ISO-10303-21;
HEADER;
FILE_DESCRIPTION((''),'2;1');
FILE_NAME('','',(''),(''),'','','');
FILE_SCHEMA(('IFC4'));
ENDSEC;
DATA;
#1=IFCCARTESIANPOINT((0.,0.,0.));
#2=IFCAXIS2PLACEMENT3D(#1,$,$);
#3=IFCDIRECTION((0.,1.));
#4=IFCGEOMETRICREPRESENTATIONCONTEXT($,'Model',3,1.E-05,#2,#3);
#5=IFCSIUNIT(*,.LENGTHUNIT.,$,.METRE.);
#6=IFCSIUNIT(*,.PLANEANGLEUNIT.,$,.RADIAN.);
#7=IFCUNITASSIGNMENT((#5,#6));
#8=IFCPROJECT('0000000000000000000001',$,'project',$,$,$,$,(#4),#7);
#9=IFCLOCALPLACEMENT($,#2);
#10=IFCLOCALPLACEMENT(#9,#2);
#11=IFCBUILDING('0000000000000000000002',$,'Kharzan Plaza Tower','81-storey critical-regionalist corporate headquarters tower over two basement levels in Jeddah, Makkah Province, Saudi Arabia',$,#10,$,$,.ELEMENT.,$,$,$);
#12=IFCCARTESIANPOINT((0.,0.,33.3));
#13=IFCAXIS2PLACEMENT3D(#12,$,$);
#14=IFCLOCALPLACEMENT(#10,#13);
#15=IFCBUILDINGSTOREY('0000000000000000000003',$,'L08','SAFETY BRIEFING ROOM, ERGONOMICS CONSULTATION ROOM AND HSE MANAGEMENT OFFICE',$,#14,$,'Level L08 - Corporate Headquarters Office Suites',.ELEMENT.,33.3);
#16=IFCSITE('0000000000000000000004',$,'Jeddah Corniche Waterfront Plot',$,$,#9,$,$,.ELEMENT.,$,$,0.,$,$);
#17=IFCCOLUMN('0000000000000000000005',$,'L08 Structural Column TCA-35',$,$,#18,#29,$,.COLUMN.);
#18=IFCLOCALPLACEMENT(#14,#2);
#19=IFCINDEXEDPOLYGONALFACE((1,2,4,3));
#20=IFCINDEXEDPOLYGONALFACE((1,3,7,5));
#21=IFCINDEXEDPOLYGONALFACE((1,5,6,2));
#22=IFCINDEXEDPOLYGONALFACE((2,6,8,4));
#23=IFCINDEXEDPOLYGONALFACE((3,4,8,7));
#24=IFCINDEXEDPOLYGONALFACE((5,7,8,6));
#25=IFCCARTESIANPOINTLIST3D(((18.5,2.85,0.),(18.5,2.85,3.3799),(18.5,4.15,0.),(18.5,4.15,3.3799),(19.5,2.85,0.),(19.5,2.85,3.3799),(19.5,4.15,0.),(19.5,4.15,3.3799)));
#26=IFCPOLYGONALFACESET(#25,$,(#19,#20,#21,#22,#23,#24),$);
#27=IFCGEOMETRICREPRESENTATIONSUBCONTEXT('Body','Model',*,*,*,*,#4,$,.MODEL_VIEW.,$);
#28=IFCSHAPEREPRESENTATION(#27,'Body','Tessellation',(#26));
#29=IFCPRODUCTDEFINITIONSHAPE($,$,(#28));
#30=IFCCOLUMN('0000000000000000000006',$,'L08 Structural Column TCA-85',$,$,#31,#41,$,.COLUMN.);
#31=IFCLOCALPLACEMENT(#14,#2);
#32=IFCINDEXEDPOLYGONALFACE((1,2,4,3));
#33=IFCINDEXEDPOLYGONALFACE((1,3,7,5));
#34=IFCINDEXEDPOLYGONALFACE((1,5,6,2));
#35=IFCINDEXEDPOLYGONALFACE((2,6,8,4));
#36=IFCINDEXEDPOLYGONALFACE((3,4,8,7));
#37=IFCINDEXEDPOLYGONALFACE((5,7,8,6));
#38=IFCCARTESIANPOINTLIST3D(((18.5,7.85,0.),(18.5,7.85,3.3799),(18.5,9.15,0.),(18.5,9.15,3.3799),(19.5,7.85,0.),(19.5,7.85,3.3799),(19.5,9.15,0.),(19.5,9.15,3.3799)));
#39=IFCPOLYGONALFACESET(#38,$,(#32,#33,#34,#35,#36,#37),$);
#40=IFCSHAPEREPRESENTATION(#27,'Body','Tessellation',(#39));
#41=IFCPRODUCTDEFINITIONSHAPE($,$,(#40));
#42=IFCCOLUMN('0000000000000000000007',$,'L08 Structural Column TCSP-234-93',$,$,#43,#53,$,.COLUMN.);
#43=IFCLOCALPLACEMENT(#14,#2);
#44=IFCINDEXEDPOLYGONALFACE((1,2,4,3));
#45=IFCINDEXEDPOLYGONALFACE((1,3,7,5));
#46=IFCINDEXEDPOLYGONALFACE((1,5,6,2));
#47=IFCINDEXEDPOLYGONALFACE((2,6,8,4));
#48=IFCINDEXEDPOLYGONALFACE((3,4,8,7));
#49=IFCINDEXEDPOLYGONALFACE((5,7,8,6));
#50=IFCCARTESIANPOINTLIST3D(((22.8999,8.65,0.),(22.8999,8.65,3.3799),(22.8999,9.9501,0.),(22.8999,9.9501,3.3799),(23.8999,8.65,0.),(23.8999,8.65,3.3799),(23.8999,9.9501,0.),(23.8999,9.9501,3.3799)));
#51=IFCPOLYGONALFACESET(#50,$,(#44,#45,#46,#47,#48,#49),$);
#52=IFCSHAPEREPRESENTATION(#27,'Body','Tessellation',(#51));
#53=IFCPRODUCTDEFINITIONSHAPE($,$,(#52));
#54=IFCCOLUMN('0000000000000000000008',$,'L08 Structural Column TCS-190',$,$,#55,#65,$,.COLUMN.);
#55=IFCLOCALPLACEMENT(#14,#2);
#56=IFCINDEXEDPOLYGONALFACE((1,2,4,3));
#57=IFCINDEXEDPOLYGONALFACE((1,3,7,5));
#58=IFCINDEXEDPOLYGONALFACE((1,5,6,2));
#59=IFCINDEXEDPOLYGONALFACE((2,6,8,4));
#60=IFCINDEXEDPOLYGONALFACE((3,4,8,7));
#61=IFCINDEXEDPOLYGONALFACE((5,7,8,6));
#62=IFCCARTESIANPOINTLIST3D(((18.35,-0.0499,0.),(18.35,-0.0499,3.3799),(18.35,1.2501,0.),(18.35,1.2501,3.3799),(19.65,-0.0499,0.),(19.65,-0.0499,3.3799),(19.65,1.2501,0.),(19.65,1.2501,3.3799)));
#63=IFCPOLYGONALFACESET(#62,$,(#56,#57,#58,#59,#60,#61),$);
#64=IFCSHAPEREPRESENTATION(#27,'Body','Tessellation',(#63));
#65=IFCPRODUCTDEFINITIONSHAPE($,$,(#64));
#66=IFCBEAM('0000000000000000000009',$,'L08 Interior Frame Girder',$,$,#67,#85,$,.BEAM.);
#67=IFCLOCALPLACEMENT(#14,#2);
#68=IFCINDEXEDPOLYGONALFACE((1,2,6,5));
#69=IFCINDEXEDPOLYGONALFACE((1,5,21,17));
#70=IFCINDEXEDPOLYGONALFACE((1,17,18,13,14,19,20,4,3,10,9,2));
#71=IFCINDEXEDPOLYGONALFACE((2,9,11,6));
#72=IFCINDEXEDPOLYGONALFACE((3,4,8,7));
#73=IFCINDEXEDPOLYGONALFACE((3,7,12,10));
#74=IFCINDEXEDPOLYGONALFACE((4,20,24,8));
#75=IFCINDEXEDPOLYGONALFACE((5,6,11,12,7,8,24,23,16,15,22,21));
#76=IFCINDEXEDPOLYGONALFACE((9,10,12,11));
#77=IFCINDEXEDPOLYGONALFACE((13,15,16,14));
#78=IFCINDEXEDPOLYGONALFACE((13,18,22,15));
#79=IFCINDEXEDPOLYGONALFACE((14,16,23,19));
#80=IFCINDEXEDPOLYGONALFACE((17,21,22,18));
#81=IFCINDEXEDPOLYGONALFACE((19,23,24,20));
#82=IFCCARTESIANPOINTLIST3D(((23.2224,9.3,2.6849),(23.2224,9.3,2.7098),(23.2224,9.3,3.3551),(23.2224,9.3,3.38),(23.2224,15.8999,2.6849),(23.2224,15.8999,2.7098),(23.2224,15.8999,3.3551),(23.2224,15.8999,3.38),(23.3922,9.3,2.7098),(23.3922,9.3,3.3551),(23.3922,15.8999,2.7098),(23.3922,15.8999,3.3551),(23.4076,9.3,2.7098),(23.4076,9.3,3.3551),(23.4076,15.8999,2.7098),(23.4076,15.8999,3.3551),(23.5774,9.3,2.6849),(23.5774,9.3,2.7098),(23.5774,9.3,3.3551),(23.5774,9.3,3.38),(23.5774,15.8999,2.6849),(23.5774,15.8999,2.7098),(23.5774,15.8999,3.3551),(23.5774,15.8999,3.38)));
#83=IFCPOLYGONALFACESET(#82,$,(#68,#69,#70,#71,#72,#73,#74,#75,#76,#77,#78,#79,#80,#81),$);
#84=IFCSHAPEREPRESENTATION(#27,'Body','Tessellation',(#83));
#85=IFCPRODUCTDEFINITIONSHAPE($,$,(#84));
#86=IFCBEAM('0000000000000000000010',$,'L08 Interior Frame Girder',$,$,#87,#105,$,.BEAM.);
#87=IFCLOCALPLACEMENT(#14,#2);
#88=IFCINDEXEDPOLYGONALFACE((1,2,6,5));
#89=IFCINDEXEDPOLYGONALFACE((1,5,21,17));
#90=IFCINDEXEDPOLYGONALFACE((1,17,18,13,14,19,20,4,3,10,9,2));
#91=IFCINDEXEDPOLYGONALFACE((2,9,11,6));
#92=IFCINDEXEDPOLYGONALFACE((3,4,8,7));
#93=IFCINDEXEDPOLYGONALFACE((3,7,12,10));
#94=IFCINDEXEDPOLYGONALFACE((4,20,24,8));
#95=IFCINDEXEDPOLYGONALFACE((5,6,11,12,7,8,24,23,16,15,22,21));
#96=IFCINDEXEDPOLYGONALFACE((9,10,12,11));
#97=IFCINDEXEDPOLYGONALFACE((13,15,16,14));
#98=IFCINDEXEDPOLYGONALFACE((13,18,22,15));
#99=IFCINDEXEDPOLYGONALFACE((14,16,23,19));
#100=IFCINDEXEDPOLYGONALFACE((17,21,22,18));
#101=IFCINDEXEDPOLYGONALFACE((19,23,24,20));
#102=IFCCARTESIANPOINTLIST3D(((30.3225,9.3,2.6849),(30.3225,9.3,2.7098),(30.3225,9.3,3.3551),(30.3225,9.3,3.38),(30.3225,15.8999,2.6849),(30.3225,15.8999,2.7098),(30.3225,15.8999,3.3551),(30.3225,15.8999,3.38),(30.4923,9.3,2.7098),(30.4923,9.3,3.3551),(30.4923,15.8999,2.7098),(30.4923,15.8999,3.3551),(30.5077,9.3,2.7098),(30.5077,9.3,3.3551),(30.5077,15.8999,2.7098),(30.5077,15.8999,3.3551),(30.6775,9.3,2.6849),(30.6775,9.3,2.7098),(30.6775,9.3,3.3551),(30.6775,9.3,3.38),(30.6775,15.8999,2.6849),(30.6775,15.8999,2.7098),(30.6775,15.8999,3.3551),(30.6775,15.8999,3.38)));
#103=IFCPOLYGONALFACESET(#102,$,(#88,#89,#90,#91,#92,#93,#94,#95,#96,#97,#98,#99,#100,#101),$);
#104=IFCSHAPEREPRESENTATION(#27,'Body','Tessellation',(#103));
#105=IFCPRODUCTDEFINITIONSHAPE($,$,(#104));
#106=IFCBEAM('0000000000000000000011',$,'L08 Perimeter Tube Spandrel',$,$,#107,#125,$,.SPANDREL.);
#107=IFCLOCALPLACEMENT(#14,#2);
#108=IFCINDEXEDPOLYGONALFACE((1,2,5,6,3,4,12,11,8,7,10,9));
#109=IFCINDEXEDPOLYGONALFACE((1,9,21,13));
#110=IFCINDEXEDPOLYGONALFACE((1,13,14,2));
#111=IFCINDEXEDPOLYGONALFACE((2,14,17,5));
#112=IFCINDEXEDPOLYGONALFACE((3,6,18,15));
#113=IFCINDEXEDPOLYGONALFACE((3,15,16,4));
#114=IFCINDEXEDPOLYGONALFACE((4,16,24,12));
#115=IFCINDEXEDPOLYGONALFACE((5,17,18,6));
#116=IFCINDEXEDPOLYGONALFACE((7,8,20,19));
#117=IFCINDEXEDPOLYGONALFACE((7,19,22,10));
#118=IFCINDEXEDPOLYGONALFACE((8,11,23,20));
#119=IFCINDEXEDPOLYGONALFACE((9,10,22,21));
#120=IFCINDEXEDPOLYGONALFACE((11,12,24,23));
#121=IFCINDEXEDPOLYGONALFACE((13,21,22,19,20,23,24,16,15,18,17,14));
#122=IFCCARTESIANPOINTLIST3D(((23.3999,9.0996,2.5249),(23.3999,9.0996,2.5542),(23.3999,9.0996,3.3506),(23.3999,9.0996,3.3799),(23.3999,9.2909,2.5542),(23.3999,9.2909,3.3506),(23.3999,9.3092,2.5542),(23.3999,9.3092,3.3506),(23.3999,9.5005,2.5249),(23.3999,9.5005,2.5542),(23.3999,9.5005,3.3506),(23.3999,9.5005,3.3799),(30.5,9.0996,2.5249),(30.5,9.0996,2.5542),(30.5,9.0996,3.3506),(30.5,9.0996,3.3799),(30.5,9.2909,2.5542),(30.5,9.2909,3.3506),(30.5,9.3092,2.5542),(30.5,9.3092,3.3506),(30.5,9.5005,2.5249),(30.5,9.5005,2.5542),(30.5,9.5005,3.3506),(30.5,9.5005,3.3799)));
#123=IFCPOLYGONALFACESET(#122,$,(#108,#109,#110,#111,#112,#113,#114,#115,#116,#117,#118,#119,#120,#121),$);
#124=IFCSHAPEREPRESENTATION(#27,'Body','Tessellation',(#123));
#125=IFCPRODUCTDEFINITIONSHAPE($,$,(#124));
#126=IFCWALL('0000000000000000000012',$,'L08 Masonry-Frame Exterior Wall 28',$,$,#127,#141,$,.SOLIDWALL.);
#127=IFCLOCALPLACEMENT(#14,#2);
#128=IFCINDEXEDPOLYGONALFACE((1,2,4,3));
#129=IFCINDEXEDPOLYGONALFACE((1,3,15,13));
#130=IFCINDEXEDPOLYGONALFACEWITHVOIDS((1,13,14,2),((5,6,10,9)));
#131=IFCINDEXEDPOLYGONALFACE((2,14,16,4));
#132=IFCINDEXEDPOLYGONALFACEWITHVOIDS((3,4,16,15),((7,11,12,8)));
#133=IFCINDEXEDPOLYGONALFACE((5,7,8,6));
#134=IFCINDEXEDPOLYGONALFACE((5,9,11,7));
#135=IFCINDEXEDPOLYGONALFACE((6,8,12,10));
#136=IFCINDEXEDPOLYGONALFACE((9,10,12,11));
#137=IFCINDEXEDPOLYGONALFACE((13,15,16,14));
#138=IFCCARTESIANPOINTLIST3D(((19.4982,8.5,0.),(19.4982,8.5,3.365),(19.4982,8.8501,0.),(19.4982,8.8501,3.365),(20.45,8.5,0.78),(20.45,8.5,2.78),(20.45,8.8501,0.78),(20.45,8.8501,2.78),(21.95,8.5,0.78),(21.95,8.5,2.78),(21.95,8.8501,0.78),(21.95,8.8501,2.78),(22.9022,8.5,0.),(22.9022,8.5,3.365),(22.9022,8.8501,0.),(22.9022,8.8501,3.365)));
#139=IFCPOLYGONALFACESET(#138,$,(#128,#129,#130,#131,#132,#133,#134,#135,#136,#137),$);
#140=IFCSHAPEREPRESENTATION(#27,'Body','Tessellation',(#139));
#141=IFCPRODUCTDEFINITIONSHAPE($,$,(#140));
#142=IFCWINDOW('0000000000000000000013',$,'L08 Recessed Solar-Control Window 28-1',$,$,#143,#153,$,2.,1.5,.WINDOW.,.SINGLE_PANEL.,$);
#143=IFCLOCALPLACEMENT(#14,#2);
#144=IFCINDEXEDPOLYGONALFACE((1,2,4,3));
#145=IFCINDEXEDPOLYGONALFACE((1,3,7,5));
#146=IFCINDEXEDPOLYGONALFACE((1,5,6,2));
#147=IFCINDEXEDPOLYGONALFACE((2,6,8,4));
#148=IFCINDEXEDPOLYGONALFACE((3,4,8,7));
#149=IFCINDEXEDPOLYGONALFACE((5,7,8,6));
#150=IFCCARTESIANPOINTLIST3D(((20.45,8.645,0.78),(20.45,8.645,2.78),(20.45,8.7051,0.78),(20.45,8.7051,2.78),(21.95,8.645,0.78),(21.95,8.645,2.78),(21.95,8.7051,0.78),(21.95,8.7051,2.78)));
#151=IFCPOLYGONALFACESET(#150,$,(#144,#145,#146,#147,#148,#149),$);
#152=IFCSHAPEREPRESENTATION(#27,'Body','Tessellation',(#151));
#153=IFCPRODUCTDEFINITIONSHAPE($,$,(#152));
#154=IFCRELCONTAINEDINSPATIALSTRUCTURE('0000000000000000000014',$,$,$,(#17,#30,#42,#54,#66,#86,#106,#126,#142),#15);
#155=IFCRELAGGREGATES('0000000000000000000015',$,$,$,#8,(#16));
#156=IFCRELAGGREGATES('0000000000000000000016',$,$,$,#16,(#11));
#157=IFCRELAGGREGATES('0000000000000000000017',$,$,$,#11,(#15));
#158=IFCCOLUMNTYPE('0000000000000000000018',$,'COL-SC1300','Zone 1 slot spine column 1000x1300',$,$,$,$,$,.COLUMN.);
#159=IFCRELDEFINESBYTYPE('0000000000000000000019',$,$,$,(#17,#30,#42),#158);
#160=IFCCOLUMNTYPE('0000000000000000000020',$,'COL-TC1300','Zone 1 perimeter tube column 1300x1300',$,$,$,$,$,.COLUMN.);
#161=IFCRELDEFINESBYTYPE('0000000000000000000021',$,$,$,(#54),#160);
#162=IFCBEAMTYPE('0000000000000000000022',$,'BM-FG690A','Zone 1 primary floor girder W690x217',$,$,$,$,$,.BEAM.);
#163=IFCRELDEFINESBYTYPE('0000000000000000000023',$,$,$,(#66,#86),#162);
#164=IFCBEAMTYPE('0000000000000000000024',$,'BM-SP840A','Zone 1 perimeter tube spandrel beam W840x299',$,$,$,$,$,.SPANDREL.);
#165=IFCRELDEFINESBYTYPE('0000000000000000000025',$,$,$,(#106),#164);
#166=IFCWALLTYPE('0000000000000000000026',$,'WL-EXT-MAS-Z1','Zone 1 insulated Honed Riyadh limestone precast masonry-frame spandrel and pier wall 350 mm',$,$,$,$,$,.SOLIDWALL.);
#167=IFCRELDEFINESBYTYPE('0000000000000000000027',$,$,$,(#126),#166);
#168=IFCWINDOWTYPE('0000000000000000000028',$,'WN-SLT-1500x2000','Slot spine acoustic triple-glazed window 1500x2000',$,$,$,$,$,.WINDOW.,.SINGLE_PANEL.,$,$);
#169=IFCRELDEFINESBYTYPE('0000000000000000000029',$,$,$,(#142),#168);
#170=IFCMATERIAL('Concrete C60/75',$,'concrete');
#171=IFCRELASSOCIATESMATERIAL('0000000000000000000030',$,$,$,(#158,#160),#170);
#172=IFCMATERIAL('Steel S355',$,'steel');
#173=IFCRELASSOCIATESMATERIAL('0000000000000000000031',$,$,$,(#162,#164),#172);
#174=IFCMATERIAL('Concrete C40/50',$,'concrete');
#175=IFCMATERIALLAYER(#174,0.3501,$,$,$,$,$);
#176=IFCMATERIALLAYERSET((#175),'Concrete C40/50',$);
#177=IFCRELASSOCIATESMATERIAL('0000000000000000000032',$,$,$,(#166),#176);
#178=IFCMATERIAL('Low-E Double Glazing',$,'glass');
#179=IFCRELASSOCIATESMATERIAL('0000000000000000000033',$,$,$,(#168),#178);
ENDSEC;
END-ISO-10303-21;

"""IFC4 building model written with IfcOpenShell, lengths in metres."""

from ifc_helpers import new_model, si_unit, direction, frame, frame_2d, origin, origin_2d, place, context, subcontext, project, spatial, rectangle, i_section, extrude, source, transform, mapped, material, layer, layer_set, material_profile, profile_set, type_object, element, fill, save


model = new_model("IFC4")

# Units and contexts
model_context = context("Model", 3, precision=1e-05, world=origin(), true_north=direction((0.0, 1.0)))
body_context = subcontext(model_context, "Body", "Model", "MODEL_VIEW")
ifc_project = project(units=[si_unit("LENGTHUNIT", "METRE"), si_unit("PLANEANGLEUNIT", "RADIAN")], contexts=[model_context])

# Site, building, storey
site_placement = place(None, origin())
site = spatial("IfcSite", under=ifc_project, at=site_placement, Name="Jeddah Corniche Waterfront Plot", CompositionType="ELEMENT", RefElevation=0.0)
building_placement = place(site_placement, origin())
building = spatial("IfcBuilding", under=site, at=building_placement, Name="Kharzan Plaza Tower", Description="81-storey critical-regionalist corporate headquarters tower over two basement levels in Jeddah, Makkah Province, Saudi Arabia", CompositionType="ELEMENT")
storey_placement = place(building_placement, frame((0.0, 0.0, 33.3)))
storey = spatial("IfcBuildingStorey", under=building, at=storey_placement, Name="L08", Description="SAFETY BRIEFING ROOM, ERGONOMICS CONSULTATION ROOM AND HSE MANAGEMENT OFFICE", LongName="Level L08 - Corporate Headquarters Office Suites", CompositionType="ELEMENT", Elevation=33.3)

# Columns
ifc_material_1 = material(Name="Concrete C60/75", Category="concrete")
ifc_material_profile_1 = material_profile(ifc_material_1, rectangle(XDim=1.0, YDim=1.3, at=origin_2d()), Name="RC-SC1300x1000")
ifc_profile_set_1 = profile_set([ifc_material_profile_1], Name="Concrete C60/75")
column_type_1 = type_object("IfcColumnType", Name="COL-SC1300", Description="Zone 1 slot spine column 1000x1300", PredefinedType="COLUMN", material=ifc_profile_set_1)
shared_shape_1 = source(origin(), body_context, "Body", "SweptSolid", [
    extrude(rectangle(XDim=1.0, YDim=1.3, at=origin_2d()), origin(), (0.0, 0.0, 1.0), 3.3799),
])
for number, where, z_axis, x_axis, name in (
    (1, (19.0, 3.5, 0.0), (0.0, 0.0, 1.0), (1.0, 0.0, 0.0), "L08 Structural Column TCA-35"),
    (2, (19.0, 8.5, 0.0), (0.0, 0.0, 1.0), (1.0, 0.0, 0.0), "L08 Structural Column TCA-85"),
    (3, (23.3999, 9.3, 0.0), (0.0, 0.0, 1.0), (1.0, 0.0, 0.0), "L08 Structural Column TCSP-234-93"),
):
    element("IfcColumn", number, at=place(storey_placement, frame(where, z_axis=z_axis, x_axis=x_axis)), inside=storey, type_object=column_type_1, Name=name, PredefinedType="COLUMN", context=body_context, shape_type="MappedRepresentation", body=[
        mapped(shared_shape_1, transform((0.0, 0.0, 0.0), x_axis=(1.0, 0.0, 0.0), y_axis=(0.0, 1.0, 0.0), z_axis=(0.0, 0.0, 1.0))),
    ])
ifc_material_profile_2 = material_profile(ifc_material_1, rectangle(XDim=1.3, YDim=1.3, at=origin_2d()), Name="RC-TC1300x1300")
ifc_profile_set_2 = profile_set([ifc_material_profile_2], Name="Concrete C60/75")
column_type_2 = type_object("IfcColumnType", Name="COL-TC1300", Description="Zone 1 perimeter tube column 1300x1300", PredefinedType="COLUMN", material=ifc_profile_set_2)
shared_shape_2 = source(origin(), body_context, "Body", "SweptSolid", [
    extrude(rectangle(XDim=1.3, YDim=1.3, at=origin_2d()), origin(), (0.0, 0.0, 1.0), 3.3799),
])
column_placement = place(storey_placement, frame((19.0, 0.6001, 0.0), z_axis=(0.0, 0.0, 1.0), x_axis=(1.0, 0.0, 0.0)))
element("IfcColumn", 4, at=column_placement, inside=storey, type_object=column_type_2, Name="L08 Structural Column TCS-190", PredefinedType="COLUMN", context=body_context, shape_type="MappedRepresentation", body=[
    mapped(shared_shape_2, transform((0.0, 0.0, 0.0), x_axis=(1.0, 0.0, 0.0), y_axis=(0.0, 1.0, 0.0), z_axis=(0.0, 0.0, 1.0))),
])

# Beams
ifc_material_2 = material(Name="Steel S355", Category="steel")
ifc_material_profile_3 = material_profile(ifc_material_2, i_section(OverallWidth=0.355, OverallDepth=0.6951, WebThickness=0.0154, FlangeThickness=0.0249, at=origin_2d()), Name="W690x217")
ifc_profile_set_3 = profile_set([ifc_material_profile_3], Name="Steel S355")
beam_type_1 = type_object("IfcBeamType", Name="BM-FG690A", Description="Zone 1 primary floor girder W690x217", PredefinedType="BEAM", material=ifc_profile_set_3)
shared_shape_3 = source(origin(), body_context, "Body", "SweptSolid", [
    extrude(i_section(OverallWidth=0.355, OverallDepth=0.6951, WebThickness=0.0154, FlangeThickness=0.0249, at=origin_2d()), origin(), (0.0, 0.0, 1.0), 6.5999),
])
for number, where, z_axis, x_axis, name in (
    (5, (23.3999, 9.3, 3.0325), (0.0, 1.0, 0.0), (-1.0, 0.0, 0.0), "L08 Interior Frame Girder"),
    (6, (30.5, 9.3, 3.0325), (0.0, 1.0, 0.0), (-1.0, 0.0, 0.0), "L08 Interior Frame Girder"),
):
    element("IfcBeam", number, at=place(storey_placement, frame(where, z_axis=z_axis, x_axis=x_axis)), inside=storey, type_object=beam_type_1, Name=name, PredefinedType="BEAM", context=body_context, shape_type="MappedRepresentation", body=[
        mapped(shared_shape_3, transform((0.0, 0.0, 0.0), x_axis=(1.0, 0.0, 0.0), y_axis=(0.0, 1.0, 0.0), z_axis=(0.0, 0.0, 1.0))),
    ])
ifc_material_profile_4 = material_profile(ifc_material_2, i_section(OverallWidth=0.4009, OverallDepth=0.855, WebThickness=0.0183, FlangeThickness=0.0293, at=origin_2d()), Name="W840x299")
ifc_profile_set_4 = profile_set([ifc_material_profile_4], Name="Steel S355")
beam_type_2 = type_object("IfcBeamType", Name="BM-SP840A", Description="Zone 1 perimeter tube spandrel beam W840x299", PredefinedType="SPANDREL", material=ifc_profile_set_4)
shared_shape_4 = source(origin(), body_context, "Body", "SweptSolid", [
    extrude(i_section(OverallWidth=0.4009, OverallDepth=0.855, WebThickness=0.0183, FlangeThickness=0.0293, at=origin_2d()), origin(), (0.0, 0.0, 1.0), 7.1001),
])
beam_placement = place(storey_placement, frame((23.3999, 9.3, 2.9524), z_axis=(1.0, 0.0, 0.0), x_axis=(0.0, 1.0, 0.0)))
element("IfcBeam", 7, at=beam_placement, inside=storey, type_object=beam_type_2, Name="L08 Perimeter Tube Spandrel", PredefinedType="SPANDREL", context=body_context, shape_type="MappedRepresentation", body=[
    mapped(shared_shape_4, transform((0.0, 0.0, 0.0), x_axis=(1.0, 0.0, 0.0), y_axis=(0.0, 1.0, 0.0), z_axis=(0.0, 0.0, 1.0))),
])

# Wall, opening, window
ifc_material_3 = material(Name="Concrete C40/50", Category="concrete")
ifc_layer_1 = layer(ifc_material_3, 0.3501)
ifc_layer_set_1 = layer_set([ifc_layer_1], Name="Concrete C40/50")
wall_type_1 = type_object("IfcWallType", Name="WL-EXT-MAS-Z1", Description="Zone 1 insulated Honed Riyadh limestone precast masonry-frame spandrel and pier wall 350 mm", PredefinedType="SOLIDWALL", material=ifc_layer_set_1)
wall_1_placement = place(storey_placement, frame((19.498, 8.675, 0.0), z_axis=(0.0, 0.0, 1.0), x_axis=(1.0, 0.0, 0.0)))
wall_1 = element("IfcWall", 8, at=wall_1_placement, inside=storey, type_object=wall_type_1, Name="L08 Masonry-Frame Exterior Wall 28", PredefinedType="SOLIDWALL", context=body_context, shape_type="SweptSolid", body=[
    extrude(rectangle(XDim=3.4041, YDim=0.3501, at=frame_2d((1.7021, 0.0))), origin(), (0.0, 0.0, 1.0), 3.365),
])
opening_1_placement = place(wall_1_placement, frame((0.9519, 0.0, 0.78)))
opening_1 = element("IfcOpeningElement", 9, at=opening_1_placement, cuts=wall_1, PredefinedType="OPENING", context=body_context, shape_type="SweptSolid", body=[
    extrude(rectangle(XDim=1.5, YDim=2.0, at=frame_2d((0.75, 1.0))), frame((0.0, 0.1851, 0.0), z_axis=(0.0, -1.0, 0.0), x_axis=(1.0, 0.0, 0.0)), (0.0, 0.0, 1.0), 0.3701),
])
ifc_material_4 = material(Name="Low-E Double Glazing", Category="glass")
window_type = type_object("IfcWindowType", Name="WN-SLT-1500x2000", Description="Slot spine acoustic triple-glazed window 1500x2000", PartitioningType="SINGLE_PANEL", PredefinedType="WINDOW", material=ifc_material_4)
shared_shape_5 = source(origin(), body_context, "Body", "SweptSolid", [
    extrude(rectangle(XDim=1.5, YDim=2.0, at=frame_2d((0.75, 1.0))), frame((0.0, 0.03, 0.0), z_axis=(0.0, -1.0, 0.0), x_axis=(1.0, 0.0, 0.0)), (0.0, 0.0, 1.0), 0.0601),
])
window_1_placement = place(opening_1_placement, origin())
window_1 = element("IfcWindow", 10, at=window_1_placement, inside=storey, type_object=window_type, Name="L08 Recessed Solar-Control Window 28-1", OverallHeight=2.0, OverallWidth=1.5, PartitioningType="SINGLE_PANEL", PredefinedType="WINDOW", context=body_context, shape_type="MappedRepresentation", body=[
    mapped(shared_shape_5, transform((0.0, 0.0, 0.0), x_axis=(1.0, 0.0, 0.0), y_axis=(0.0, 1.0, 0.0), z_axis=(0.0, 0.0, 1.0))),
])
fill(opening_1, window_1)

save(model, "model.ifc")
